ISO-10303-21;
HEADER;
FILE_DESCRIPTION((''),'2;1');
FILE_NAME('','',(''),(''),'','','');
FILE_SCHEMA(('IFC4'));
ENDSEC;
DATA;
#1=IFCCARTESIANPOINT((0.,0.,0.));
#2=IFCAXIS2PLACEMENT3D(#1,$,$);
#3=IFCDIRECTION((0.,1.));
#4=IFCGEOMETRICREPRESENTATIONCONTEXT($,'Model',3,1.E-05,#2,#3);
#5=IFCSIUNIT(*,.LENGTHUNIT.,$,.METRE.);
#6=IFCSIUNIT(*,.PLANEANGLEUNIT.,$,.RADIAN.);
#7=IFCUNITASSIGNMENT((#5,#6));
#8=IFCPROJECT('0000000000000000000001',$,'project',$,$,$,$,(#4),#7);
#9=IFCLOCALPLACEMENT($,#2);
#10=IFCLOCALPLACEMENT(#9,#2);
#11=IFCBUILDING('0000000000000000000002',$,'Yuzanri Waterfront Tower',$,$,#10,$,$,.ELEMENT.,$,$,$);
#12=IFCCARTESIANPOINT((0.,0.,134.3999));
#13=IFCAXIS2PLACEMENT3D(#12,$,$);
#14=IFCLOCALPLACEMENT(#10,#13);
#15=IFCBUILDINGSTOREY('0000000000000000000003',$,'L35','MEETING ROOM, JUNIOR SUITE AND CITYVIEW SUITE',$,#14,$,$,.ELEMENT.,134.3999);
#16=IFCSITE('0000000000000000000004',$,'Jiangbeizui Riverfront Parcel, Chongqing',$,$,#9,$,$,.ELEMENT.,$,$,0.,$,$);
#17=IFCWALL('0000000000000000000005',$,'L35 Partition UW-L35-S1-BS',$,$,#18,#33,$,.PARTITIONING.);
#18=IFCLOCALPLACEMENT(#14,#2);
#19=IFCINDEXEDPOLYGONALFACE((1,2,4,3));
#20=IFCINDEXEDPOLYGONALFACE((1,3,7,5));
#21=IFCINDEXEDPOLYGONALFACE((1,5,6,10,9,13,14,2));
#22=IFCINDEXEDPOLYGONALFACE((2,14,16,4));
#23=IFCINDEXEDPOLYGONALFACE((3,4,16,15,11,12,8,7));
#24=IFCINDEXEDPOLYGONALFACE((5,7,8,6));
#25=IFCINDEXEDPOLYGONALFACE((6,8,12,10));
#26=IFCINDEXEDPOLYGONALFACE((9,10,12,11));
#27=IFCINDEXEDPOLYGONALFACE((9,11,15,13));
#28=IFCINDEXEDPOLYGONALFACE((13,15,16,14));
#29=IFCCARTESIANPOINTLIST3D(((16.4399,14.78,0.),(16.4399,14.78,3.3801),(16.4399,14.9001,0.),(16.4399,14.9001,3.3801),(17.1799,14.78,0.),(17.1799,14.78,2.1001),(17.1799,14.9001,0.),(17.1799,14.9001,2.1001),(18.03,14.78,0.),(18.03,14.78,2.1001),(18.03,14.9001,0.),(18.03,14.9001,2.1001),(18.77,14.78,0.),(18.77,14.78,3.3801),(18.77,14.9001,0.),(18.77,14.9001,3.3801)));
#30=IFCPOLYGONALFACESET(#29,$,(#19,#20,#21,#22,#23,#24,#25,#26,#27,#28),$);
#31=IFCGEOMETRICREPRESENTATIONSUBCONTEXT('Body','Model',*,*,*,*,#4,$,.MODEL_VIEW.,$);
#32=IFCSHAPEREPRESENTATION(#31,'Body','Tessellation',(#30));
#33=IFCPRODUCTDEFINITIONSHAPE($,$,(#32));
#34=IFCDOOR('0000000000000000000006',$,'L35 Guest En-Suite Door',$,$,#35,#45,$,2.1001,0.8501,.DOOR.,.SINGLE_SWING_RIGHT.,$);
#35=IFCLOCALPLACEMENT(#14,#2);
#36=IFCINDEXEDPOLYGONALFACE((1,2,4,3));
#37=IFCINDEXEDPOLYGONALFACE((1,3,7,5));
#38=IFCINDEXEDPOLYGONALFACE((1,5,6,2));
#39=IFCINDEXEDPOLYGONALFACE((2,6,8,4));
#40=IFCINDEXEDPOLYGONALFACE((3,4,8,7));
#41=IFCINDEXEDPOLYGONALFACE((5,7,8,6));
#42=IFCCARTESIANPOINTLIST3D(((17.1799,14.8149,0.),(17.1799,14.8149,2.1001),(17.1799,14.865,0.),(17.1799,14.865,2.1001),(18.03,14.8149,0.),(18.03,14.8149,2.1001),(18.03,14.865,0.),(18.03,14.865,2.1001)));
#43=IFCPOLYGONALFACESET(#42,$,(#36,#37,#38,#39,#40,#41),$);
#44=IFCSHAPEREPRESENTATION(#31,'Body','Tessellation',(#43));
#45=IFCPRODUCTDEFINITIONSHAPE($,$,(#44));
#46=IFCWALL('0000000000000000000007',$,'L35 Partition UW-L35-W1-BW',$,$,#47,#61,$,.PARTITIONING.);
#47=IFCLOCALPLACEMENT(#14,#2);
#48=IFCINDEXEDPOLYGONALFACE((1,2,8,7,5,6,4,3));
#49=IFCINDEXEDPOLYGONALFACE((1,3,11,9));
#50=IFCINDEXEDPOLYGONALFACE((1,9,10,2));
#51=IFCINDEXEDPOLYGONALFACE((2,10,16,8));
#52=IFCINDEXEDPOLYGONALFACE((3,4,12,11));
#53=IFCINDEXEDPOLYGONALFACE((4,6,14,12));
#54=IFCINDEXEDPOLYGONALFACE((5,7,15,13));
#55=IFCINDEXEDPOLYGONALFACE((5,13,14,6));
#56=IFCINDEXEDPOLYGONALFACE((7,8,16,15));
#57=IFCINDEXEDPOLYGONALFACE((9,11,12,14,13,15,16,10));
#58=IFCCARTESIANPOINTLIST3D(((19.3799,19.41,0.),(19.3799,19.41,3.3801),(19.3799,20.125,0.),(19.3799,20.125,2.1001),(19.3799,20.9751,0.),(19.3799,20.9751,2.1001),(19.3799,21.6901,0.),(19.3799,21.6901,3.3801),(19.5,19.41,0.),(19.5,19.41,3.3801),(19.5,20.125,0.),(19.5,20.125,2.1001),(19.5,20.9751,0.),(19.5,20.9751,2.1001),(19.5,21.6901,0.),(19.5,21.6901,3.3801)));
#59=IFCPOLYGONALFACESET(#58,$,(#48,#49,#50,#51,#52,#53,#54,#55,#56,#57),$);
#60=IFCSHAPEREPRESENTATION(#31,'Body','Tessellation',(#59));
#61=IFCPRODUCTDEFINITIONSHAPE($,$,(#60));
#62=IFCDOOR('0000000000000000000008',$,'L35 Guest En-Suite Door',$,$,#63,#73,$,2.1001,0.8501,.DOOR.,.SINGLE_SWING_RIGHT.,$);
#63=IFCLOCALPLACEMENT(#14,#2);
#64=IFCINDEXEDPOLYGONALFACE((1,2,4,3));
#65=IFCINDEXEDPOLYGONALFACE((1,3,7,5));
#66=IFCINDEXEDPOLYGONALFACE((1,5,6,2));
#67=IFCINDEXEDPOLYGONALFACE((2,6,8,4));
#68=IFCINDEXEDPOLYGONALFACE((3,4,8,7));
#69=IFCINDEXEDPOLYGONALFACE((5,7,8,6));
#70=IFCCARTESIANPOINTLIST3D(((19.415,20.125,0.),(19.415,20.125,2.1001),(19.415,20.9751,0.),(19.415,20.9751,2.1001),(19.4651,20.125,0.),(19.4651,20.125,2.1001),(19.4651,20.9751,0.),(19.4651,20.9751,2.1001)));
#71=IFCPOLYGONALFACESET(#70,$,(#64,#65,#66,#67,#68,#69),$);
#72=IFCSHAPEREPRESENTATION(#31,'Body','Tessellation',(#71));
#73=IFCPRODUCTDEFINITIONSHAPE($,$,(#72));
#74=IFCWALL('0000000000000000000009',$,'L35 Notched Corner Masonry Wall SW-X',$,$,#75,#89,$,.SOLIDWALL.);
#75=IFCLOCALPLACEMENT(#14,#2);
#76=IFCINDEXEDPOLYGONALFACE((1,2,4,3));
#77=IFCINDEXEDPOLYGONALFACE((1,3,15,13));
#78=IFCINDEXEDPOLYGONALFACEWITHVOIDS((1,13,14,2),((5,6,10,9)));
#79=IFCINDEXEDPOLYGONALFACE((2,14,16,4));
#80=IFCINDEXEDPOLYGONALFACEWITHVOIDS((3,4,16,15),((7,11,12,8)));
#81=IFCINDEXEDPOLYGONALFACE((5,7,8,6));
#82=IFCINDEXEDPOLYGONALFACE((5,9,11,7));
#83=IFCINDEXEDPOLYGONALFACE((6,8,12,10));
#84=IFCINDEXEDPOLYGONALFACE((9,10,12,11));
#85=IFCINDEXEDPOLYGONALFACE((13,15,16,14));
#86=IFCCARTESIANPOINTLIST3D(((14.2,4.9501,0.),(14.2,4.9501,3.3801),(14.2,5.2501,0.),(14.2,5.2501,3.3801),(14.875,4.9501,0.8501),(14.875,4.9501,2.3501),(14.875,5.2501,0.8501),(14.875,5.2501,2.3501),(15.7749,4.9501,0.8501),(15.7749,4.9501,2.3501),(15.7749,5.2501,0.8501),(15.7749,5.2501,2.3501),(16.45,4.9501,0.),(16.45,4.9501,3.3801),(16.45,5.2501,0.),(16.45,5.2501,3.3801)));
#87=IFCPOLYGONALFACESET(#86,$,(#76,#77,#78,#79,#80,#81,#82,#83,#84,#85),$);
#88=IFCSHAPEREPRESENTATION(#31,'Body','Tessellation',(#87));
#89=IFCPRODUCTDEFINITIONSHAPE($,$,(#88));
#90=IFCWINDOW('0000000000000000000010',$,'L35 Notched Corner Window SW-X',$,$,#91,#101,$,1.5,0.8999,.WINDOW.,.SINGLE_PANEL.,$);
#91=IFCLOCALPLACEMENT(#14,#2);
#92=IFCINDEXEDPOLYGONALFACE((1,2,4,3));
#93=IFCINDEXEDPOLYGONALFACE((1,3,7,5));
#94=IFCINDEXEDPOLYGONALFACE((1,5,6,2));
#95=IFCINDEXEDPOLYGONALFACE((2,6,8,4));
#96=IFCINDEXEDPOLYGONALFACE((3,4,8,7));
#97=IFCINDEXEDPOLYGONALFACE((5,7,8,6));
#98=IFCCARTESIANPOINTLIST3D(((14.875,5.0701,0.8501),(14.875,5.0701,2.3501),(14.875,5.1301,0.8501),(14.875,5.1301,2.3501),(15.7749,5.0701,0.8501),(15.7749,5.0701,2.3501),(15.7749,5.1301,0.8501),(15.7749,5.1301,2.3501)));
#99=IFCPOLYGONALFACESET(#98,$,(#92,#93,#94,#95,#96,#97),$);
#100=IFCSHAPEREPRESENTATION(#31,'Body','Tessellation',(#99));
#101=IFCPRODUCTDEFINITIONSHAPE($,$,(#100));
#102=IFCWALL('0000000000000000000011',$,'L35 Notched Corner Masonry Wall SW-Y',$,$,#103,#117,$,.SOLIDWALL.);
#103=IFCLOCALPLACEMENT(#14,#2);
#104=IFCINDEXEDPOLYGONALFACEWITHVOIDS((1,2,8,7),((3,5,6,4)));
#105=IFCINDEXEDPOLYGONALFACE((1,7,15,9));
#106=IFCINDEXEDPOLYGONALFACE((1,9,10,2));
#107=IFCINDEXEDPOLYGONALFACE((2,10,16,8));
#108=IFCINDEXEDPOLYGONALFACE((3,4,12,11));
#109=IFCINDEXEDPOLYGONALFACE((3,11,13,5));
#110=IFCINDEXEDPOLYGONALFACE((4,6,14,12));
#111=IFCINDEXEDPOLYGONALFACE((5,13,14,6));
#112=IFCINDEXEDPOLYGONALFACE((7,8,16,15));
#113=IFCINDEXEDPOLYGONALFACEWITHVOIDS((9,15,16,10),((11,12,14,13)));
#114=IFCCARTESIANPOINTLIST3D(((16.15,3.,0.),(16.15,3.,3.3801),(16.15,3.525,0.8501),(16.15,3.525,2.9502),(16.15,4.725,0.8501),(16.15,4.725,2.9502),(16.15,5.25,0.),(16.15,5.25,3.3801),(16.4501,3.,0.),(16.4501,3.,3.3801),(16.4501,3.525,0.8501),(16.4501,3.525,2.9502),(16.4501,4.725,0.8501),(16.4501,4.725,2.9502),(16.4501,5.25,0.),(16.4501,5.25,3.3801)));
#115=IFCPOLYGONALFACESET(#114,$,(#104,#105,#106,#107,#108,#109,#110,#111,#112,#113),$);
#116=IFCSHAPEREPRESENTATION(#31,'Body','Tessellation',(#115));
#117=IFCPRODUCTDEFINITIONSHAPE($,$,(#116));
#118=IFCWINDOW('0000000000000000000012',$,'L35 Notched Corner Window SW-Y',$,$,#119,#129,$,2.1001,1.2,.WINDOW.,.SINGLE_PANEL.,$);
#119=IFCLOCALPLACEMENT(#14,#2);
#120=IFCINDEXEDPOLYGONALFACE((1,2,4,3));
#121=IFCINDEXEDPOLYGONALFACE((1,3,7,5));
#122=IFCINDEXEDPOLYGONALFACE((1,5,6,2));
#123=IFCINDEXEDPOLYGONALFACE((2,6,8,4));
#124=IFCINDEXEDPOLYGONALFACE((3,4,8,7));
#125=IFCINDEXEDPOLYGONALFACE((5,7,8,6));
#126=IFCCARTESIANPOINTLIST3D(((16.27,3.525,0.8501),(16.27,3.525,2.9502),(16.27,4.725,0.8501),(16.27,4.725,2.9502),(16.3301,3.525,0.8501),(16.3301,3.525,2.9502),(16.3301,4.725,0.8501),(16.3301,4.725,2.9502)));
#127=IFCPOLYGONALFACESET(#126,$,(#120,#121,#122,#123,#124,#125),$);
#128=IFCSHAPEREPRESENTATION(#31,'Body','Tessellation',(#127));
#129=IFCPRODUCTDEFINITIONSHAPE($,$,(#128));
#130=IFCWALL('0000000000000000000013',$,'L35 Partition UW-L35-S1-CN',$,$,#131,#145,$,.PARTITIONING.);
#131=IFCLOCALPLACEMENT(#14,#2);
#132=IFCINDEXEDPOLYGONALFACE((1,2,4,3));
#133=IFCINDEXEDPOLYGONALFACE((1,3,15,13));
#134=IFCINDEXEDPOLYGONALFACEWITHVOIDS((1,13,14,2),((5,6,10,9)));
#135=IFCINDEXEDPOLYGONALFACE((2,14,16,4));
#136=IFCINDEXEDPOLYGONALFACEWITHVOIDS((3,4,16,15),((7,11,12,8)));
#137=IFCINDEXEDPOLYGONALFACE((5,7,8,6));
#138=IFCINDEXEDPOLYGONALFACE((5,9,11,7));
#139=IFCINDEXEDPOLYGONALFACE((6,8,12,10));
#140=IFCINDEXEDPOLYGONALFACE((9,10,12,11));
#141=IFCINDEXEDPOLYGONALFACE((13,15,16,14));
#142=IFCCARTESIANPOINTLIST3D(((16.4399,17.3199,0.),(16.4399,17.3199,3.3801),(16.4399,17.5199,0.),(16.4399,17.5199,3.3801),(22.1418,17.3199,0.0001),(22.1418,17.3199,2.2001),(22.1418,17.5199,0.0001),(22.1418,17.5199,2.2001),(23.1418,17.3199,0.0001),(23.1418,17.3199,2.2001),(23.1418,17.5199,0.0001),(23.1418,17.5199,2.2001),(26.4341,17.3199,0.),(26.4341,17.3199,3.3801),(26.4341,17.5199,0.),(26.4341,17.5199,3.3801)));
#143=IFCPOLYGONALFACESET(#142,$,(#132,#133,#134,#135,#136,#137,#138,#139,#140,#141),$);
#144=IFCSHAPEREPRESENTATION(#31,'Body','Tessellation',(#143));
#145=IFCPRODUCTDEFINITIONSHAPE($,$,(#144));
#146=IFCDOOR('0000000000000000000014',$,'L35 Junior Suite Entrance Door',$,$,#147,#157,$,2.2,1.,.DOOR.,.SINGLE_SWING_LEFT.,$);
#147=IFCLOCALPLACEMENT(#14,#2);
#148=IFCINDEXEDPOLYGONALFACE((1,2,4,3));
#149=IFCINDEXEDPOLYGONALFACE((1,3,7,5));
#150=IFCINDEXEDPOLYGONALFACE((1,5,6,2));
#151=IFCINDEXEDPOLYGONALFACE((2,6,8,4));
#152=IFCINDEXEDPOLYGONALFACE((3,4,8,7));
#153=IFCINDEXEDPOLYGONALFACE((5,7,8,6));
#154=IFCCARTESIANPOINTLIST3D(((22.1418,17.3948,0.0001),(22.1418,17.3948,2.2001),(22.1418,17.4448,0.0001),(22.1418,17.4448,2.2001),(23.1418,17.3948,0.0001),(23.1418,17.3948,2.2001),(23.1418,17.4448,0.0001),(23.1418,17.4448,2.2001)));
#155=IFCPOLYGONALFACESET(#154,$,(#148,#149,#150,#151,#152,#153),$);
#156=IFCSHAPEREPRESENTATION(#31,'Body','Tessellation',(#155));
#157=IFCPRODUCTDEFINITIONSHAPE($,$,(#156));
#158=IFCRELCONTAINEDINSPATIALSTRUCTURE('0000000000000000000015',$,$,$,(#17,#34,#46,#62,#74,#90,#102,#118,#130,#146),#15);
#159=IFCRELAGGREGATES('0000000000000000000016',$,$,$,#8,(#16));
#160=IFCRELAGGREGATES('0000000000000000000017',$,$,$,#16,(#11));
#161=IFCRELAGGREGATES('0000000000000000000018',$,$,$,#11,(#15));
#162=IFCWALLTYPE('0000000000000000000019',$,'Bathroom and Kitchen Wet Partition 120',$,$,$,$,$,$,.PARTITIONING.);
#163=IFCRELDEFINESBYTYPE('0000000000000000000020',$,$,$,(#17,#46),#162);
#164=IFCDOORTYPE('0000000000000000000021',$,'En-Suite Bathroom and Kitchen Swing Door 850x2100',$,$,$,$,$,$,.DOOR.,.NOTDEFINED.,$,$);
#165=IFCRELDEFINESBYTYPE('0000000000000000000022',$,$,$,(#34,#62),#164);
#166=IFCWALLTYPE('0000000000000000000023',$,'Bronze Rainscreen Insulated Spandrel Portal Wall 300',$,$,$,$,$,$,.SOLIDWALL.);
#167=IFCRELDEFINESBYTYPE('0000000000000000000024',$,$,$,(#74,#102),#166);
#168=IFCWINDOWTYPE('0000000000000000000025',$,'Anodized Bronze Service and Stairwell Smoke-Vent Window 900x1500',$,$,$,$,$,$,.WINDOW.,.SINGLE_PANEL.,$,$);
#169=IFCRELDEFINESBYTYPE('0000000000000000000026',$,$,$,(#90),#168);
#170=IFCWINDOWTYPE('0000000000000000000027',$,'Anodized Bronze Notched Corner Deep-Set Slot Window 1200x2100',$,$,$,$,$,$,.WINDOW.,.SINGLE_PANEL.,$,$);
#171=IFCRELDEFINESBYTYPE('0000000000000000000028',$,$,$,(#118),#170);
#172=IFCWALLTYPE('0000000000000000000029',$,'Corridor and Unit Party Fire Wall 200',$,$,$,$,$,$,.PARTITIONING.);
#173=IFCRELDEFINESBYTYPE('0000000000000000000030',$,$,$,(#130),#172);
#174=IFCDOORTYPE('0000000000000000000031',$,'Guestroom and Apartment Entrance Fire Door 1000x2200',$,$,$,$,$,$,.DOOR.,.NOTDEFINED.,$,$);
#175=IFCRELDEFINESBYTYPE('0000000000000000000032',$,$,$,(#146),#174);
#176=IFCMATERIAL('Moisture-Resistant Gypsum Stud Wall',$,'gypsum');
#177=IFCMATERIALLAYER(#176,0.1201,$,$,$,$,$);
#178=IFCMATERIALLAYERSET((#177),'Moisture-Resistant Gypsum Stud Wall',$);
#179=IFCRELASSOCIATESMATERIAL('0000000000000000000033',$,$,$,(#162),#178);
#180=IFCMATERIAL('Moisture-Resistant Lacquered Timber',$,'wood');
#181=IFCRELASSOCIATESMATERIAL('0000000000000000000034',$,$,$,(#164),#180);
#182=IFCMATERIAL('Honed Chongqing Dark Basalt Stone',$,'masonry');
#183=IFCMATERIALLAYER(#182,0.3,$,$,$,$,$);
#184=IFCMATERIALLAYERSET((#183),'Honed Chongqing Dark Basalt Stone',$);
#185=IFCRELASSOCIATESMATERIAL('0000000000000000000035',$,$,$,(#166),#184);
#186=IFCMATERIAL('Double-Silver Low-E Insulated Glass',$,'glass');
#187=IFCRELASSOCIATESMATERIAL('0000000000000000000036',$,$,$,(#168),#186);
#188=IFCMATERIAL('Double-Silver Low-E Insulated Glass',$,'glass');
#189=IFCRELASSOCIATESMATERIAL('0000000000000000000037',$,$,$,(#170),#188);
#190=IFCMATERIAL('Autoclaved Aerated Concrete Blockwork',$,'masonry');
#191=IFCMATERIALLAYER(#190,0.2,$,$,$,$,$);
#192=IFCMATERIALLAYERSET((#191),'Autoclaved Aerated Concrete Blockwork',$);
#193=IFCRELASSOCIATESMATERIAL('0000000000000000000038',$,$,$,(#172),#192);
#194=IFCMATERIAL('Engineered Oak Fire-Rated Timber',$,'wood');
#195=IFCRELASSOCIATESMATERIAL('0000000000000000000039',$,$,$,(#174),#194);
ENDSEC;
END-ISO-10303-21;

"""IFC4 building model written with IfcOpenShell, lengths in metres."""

from ifc_helpers import new_model, si_unit, direction, frame, frame_2d, origin, place, context, subcontext, project, spatial, rectangle, extrude, source, transform, mapped, material, layer, layer_set, type_object, element, fill, save


model = new_model("IFC4")

# Units and contexts
model_context = context("Model", 3, precision=1e-05, world=origin(), true_north=direction((0.0, 1.0)))
body_context = subcontext(model_context, "Body", "Model", "MODEL_VIEW")
ifc_project = project(units=[si_unit("LENGTHUNIT", "METRE"), si_unit("PLANEANGLEUNIT", "RADIAN")], contexts=[model_context])

# Site, building, storey
site_placement = place(None, origin())
site = spatial("IfcSite", under=ifc_project, at=site_placement, Name="Jiangbeizui Riverfront Parcel, Chongqing", CompositionType="ELEMENT", RefElevation=0.0)
building_placement = place(site_placement, origin())
building = spatial("IfcBuilding", under=site, at=building_placement, Name="Yuzanri Waterfront Tower", CompositionType="ELEMENT")
storey_placement = place(building_placement, frame((0.0, 0.0, 134.3999)))
storey = spatial("IfcBuildingStorey", under=building, at=storey_placement, Name="L35", Description="MEETING ROOM, JUNIOR SUITE AND CITYVIEW SUITE", CompositionType="ELEMENT", Elevation=134.3999)

# Walls, openings, doors
ifc_material_1 = material(Name="Moisture-Resistant Gypsum Stud Wall", Category="gypsum")
ifc_layer_1 = layer(ifc_material_1, 0.1201)
ifc_layer_set_1 = layer_set([ifc_layer_1], Name="Moisture-Resistant Gypsum Stud Wall")
wall_type_1 = type_object("IfcWallType", Name="Bathroom and Kitchen Wet Partition 120", PredefinedType="PARTITIONING", material=ifc_layer_set_1)
wall_1_placement = place(storey_placement, frame((16.4399, 14.8401, 0.0), z_axis=(0.0, 0.0, 1.0), x_axis=(1.0, 0.0, 0.0)))
wall_1 = element("IfcWall", 1, at=wall_1_placement, inside=storey, type_object=wall_type_1, Name="L35 Partition UW-L35-S1-BS", PredefinedType="PARTITIONING", context=body_context, shape_type="SweptSolid", body=[
    extrude(rectangle(XDim=2.3301, YDim=0.1201, at=frame_2d((1.165, 0.0))), origin(), (0.0, 0.0, 1.0), 3.3801),
])
opening_1_placement = place(wall_1_placement, frame((0.74, 0.0, 0.0)))
opening_1 = element("IfcOpeningElement", 2, at=opening_1_placement, cuts=wall_1, PredefinedType="OPENING", context=body_context, shape_type="SweptSolid", body=[
    extrude(rectangle(XDim=0.8501, YDim=2.1001, at=frame_2d((0.425, 1.05))), frame((0.0, 0.075, 0.0), z_axis=(0.0, -1.0, 0.0), x_axis=(1.0, 0.0, 0.0)), (0.0, 0.0, 1.0), 0.1499),
])
ifc_material_2 = material(Name="Moisture-Resistant Lacquered Timber", Category="wood")
door_type_1 = type_object("IfcDoorType", Name="En-Suite Bathroom and Kitchen Swing Door 850x2100", OperationType="NOTDEFINED", PredefinedType="DOOR", material=ifc_material_2)
shared_shape_1 = source(origin(), body_context, "Body", "SweptSolid", [
    extrude(rectangle(XDim=0.8501, YDim=2.1001, at=frame_2d((0.425, 1.05))), frame((0.0, 0.0249, 0.0), z_axis=(0.0, -1.0, 0.0), x_axis=(1.0, 0.0, 0.0)), (0.0, 0.0, 1.0), 0.05),
])
door_1_placement = place(opening_1_placement, origin())
door_1 = element("IfcDoor", 3, at=door_1_placement, inside=storey, type_object=door_type_1, Name="L35 Guest En-Suite Door", OperationType="SINGLE_SWING_RIGHT", OverallHeight=2.1001, OverallWidth=0.8501, PredefinedType="DOOR", context=body_context, shape_type="MappedRepresentation", body=[
    mapped(shared_shape_1, transform((0.0, 0.0, 0.0), scale=1.0)),
])
fill(opening_1, door_1)
wall_2_placement = place(storey_placement, frame((19.4399, 19.4099, 0.0), z_axis=(0.0, 0.0, 1.0), x_axis=(0.0, 1.0, 0.0)))
wall_2 = element("IfcWall", 4, at=wall_2_placement, inside=storey, type_object=wall_type_1, Name="L35 Partition UW-L35-W1-BW", PredefinedType="PARTITIONING", context=body_context, shape_type="SweptSolid", body=[
    extrude(rectangle(XDim=2.28, YDim=0.1201, at=frame_2d((1.1401, 0.0))), origin(), (0.0, 0.0, 1.0), 3.3801),
])
opening_2_placement = place(wall_2_placement, frame((0.7151, 0.0, 0.0)))
opening_2 = element("IfcOpeningElement", 5, at=opening_2_placement, cuts=wall_2, PredefinedType="OPENING", context=body_context, shape_type="SweptSolid", body=[
    extrude(rectangle(XDim=0.8501, YDim=2.1001, at=frame_2d((0.425, 1.05))), frame((0.0, 0.075, 0.0), z_axis=(0.0, -1.0, 0.0), x_axis=(1.0, 0.0, 0.0)), (0.0, 0.0, 1.0), 0.1499),
])
door_2_placement = place(opening_2_placement, origin())
door_2 = element("IfcDoor", 6, at=door_2_placement, inside=storey, type_object=door_type_1, Name="L35 Guest En-Suite Door", OperationType="SINGLE_SWING_RIGHT", OverallHeight=2.1001, OverallWidth=0.8501, PredefinedType="DOOR", context=body_context, shape_type="MappedRepresentation", body=[
    mapped(shared_shape_1, transform((0.0, 0.0, 0.0), scale=1.0)),
])
fill(opening_2, door_2)

# Walls, openings, windows
ifc_material_3 = material(Name="Honed Chongqing Dark Basalt Stone", Category="masonry")
ifc_layer_2 = layer(ifc_material_3, 0.3)
ifc_layer_set_2 = layer_set([ifc_layer_2], Name="Honed Chongqing Dark Basalt Stone")
wall_type_2 = type_object("IfcWallType", Name="Bronze Rainscreen Insulated Spandrel Portal Wall 300", PredefinedType="SOLIDWALL", material=ifc_layer_set_2)
wall_3_placement = place(storey_placement, frame((14.2, 5.1001, 0.0), z_axis=(0.0, 0.0, 1.0), x_axis=(1.0, 0.0, 0.0)))
wall_3 = element("IfcWall", 7, at=wall_3_placement, inside=storey, type_object=wall_type_2, Name="L35 Notched Corner Masonry Wall SW-X", PredefinedType="SOLIDWALL", context=body_context, shape_type="SweptSolid", body=[
    extrude(rectangle(XDim=2.25, YDim=0.3, at=frame_2d((1.125, 0.0))), origin(), (0.0, 0.0, 1.0), 3.3801),
])
opening_3_placement = place(wall_3_placement, frame((0.675, 0.0, 0.8501)))
opening_3 = element("IfcOpeningElement", 8, at=opening_3_placement, cuts=wall_3, PredefinedType="OPENING", context=body_context, shape_type="SweptSolid", body=[
    extrude(rectangle(XDim=0.8999, YDim=1.5, at=frame_2d((0.45, 0.75))), frame((0.0, 0.165, 0.0), z_axis=(0.0, -1.0, 0.0), x_axis=(1.0, 0.0, 0.0)), (0.0, 0.0, 1.0), 0.3298),
])
ifc_material_4 = material(Name="Double-Silver Low-E Insulated Glass", Category="glass")
window_type_1 = type_object("IfcWindowType", Name="Anodized Bronze Service and Stairwell Smoke-Vent Window 900x1500", PartitioningType="SINGLE_PANEL", PredefinedType="WINDOW", material=ifc_material_4)
shared_shape_2 = source(origin(), body_context, "Body", "SweptSolid", [
    extrude(rectangle(XDim=0.8999, YDim=1.5, at=frame_2d((0.45, 0.75))), frame((0.0, 0.03, 0.0), z_axis=(0.0, -1.0, 0.0), x_axis=(1.0, 0.0, 0.0)), (0.0, 0.0, 1.0), 0.0601),
])
window_1_placement = place(opening_3_placement, origin())
window_1 = element("IfcWindow", 9, at=window_1_placement, inside=storey, type_object=window_type_1, Name="L35 Notched Corner Window SW-X", OverallHeight=1.5, OverallWidth=0.8999, PartitioningType="SINGLE_PANEL", PredefinedType="WINDOW", context=body_context, shape_type="MappedRepresentation", body=[
    mapped(shared_shape_2, transform((0.0, 0.0, 0.0), scale=1.0)),
])
fill(opening_3, window_1)
wall_4_placement = place(storey_placement, frame((16.3, 5.25, 0.0), z_axis=(0.0, 0.0, 1.0), x_axis=(0.0, -1.0, 0.0)))
wall_4 = element("IfcWall", 10, at=wall_4_placement, inside=storey, type_object=wall_type_2, Name="L35 Notched Corner Masonry Wall SW-Y", PredefinedType="SOLIDWALL", context=body_context, shape_type="SweptSolid", body=[
    extrude(rectangle(XDim=2.25, YDim=0.3, at=frame_2d((1.125, 0.0))), origin(), (0.0, 0.0, 1.0), 3.3801),
])
opening_4_placement = place(wall_4_placement, frame((0.5249, 0.0, 0.8501)))
opening_4 = element("IfcOpeningElement", 11, at=opening_4_placement, cuts=wall_4, PredefinedType="OPENING", context=body_context, shape_type="SweptSolid", body=[
    extrude(rectangle(XDim=1.2, YDim=2.1001, at=frame_2d((0.6001, 1.05))), frame((0.0, 0.165, 0.0), z_axis=(0.0, -1.0, 0.0), x_axis=(1.0, 0.0, 0.0)), (0.0, 0.0, 1.0), 0.3298),
])
ifc_material_5 = material(Name="Double-Silver Low-E Insulated Glass", Category="glass")
window_type_2 = type_object("IfcWindowType", Name="Anodized Bronze Notched Corner Deep-Set Slot Window 1200x2100", PartitioningType="SINGLE_PANEL", PredefinedType="WINDOW", material=ifc_material_5)
shared_shape_3 = source(origin(), body_context, "Body", "SweptSolid", [
    extrude(rectangle(XDim=1.2, YDim=2.1001, at=frame_2d((0.6001, 1.05))), frame((0.0, 0.03, 0.0), z_axis=(0.0, -1.0, 0.0), x_axis=(1.0, 0.0, 0.0)), (0.0, 0.0, 1.0), 0.0601),
])
window_2_placement = place(opening_4_placement, origin())
window_2 = element("IfcWindow", 12, at=window_2_placement, inside=storey, type_object=window_type_2, Name="L35 Notched Corner Window SW-Y", OverallHeight=2.1001, OverallWidth=1.2, PartitioningType="SINGLE_PANEL", PredefinedType="WINDOW", context=body_context, shape_type="MappedRepresentation", body=[
    mapped(shared_shape_3, transform((0.0, 0.0, 0.0), scale=1.0)),
])
fill(opening_4, window_2)

# Wall, opening, door
ifc_material_6 = material(Name="Autoclaved Aerated Concrete Blockwork", Category="masonry")
ifc_layer_3 = layer(ifc_material_6, 0.2)
ifc_layer_set_3 = layer_set([ifc_layer_3], Name="Autoclaved Aerated Concrete Blockwork")
wall_type_3 = type_object("IfcWallType", Name="Corridor and Unit Party Fire Wall 200", PredefinedType="PARTITIONING", material=ifc_layer_set_3)
wall_5_placement = place(storey_placement, frame((16.4399, 17.4199, 0.0), z_axis=(0.0, 0.0, 1.0), x_axis=(1.0, 0.0, 0.0)))
wall_5 = element("IfcWall", 13, at=wall_5_placement, inside=storey, type_object=wall_type_3, Name="L35 Partition UW-L35-S1-CN", PredefinedType="PARTITIONING", context=body_context, shape_type="SweptSolid", body=[
    extrude(rectangle(XDim=9.9941, YDim=0.2, at=frame_2d((4.9971, 0.0))), origin(), (0.0, 0.0, 1.0), 3.3801),
])
opening_5_placement = place(wall_5_placement, frame((5.7019, 0.0, 0.0)))
opening_5 = element("IfcOpeningElement", 14, at=opening_5_placement, cuts=wall_5, PredefinedType="OPENING", context=body_context, shape_type="SweptSolid", body=[
    extrude(rectangle(XDim=1.0, YDim=2.2, at=frame_2d((0.5, 1.1001))), frame((0.0, 0.1147, 0.0), z_axis=(0.0, -1.0, 0.0), x_axis=(1.0, 0.0, 0.0)), (0.0, 0.0, 1.0), 0.2297),
])
ifc_material_7 = material(Name="Engineered Oak Fire-Rated Timber", Category="wood")
door_type_2 = type_object("IfcDoorType", Name="Guestroom and Apartment Entrance Fire Door 1000x2200", OperationType="NOTDEFINED", PredefinedType="DOOR", material=ifc_material_7)
shared_shape_4 = source(origin(), body_context, "Body", "SweptSolid", [
    extrude(rectangle(XDim=1.0, YDim=2.2, at=frame_2d((0.5, 1.1001))), frame((0.0, 0.0249, 0.0), z_axis=(0.0, -1.0, 0.0), x_axis=(1.0, 0.0, 0.0)), (0.0, 0.0, 1.0), 0.05),
])
door_3_placement = place(opening_5_placement, origin())
door_3 = element("IfcDoor", 15, at=door_3_placement, inside=storey, type_object=door_type_2, Name="L35 Junior Suite Entrance Door", OperationType="SINGLE_SWING_LEFT", OverallHeight=2.2, OverallWidth=1.0, PredefinedType="DOOR", context=body_context, shape_type="MappedRepresentation", body=[
    mapped(shared_shape_4, transform((0.0, 0.0, 0.0), scale=1.0)),
])
fill(opening_5, door_3)

save(model, "model.ifc")
